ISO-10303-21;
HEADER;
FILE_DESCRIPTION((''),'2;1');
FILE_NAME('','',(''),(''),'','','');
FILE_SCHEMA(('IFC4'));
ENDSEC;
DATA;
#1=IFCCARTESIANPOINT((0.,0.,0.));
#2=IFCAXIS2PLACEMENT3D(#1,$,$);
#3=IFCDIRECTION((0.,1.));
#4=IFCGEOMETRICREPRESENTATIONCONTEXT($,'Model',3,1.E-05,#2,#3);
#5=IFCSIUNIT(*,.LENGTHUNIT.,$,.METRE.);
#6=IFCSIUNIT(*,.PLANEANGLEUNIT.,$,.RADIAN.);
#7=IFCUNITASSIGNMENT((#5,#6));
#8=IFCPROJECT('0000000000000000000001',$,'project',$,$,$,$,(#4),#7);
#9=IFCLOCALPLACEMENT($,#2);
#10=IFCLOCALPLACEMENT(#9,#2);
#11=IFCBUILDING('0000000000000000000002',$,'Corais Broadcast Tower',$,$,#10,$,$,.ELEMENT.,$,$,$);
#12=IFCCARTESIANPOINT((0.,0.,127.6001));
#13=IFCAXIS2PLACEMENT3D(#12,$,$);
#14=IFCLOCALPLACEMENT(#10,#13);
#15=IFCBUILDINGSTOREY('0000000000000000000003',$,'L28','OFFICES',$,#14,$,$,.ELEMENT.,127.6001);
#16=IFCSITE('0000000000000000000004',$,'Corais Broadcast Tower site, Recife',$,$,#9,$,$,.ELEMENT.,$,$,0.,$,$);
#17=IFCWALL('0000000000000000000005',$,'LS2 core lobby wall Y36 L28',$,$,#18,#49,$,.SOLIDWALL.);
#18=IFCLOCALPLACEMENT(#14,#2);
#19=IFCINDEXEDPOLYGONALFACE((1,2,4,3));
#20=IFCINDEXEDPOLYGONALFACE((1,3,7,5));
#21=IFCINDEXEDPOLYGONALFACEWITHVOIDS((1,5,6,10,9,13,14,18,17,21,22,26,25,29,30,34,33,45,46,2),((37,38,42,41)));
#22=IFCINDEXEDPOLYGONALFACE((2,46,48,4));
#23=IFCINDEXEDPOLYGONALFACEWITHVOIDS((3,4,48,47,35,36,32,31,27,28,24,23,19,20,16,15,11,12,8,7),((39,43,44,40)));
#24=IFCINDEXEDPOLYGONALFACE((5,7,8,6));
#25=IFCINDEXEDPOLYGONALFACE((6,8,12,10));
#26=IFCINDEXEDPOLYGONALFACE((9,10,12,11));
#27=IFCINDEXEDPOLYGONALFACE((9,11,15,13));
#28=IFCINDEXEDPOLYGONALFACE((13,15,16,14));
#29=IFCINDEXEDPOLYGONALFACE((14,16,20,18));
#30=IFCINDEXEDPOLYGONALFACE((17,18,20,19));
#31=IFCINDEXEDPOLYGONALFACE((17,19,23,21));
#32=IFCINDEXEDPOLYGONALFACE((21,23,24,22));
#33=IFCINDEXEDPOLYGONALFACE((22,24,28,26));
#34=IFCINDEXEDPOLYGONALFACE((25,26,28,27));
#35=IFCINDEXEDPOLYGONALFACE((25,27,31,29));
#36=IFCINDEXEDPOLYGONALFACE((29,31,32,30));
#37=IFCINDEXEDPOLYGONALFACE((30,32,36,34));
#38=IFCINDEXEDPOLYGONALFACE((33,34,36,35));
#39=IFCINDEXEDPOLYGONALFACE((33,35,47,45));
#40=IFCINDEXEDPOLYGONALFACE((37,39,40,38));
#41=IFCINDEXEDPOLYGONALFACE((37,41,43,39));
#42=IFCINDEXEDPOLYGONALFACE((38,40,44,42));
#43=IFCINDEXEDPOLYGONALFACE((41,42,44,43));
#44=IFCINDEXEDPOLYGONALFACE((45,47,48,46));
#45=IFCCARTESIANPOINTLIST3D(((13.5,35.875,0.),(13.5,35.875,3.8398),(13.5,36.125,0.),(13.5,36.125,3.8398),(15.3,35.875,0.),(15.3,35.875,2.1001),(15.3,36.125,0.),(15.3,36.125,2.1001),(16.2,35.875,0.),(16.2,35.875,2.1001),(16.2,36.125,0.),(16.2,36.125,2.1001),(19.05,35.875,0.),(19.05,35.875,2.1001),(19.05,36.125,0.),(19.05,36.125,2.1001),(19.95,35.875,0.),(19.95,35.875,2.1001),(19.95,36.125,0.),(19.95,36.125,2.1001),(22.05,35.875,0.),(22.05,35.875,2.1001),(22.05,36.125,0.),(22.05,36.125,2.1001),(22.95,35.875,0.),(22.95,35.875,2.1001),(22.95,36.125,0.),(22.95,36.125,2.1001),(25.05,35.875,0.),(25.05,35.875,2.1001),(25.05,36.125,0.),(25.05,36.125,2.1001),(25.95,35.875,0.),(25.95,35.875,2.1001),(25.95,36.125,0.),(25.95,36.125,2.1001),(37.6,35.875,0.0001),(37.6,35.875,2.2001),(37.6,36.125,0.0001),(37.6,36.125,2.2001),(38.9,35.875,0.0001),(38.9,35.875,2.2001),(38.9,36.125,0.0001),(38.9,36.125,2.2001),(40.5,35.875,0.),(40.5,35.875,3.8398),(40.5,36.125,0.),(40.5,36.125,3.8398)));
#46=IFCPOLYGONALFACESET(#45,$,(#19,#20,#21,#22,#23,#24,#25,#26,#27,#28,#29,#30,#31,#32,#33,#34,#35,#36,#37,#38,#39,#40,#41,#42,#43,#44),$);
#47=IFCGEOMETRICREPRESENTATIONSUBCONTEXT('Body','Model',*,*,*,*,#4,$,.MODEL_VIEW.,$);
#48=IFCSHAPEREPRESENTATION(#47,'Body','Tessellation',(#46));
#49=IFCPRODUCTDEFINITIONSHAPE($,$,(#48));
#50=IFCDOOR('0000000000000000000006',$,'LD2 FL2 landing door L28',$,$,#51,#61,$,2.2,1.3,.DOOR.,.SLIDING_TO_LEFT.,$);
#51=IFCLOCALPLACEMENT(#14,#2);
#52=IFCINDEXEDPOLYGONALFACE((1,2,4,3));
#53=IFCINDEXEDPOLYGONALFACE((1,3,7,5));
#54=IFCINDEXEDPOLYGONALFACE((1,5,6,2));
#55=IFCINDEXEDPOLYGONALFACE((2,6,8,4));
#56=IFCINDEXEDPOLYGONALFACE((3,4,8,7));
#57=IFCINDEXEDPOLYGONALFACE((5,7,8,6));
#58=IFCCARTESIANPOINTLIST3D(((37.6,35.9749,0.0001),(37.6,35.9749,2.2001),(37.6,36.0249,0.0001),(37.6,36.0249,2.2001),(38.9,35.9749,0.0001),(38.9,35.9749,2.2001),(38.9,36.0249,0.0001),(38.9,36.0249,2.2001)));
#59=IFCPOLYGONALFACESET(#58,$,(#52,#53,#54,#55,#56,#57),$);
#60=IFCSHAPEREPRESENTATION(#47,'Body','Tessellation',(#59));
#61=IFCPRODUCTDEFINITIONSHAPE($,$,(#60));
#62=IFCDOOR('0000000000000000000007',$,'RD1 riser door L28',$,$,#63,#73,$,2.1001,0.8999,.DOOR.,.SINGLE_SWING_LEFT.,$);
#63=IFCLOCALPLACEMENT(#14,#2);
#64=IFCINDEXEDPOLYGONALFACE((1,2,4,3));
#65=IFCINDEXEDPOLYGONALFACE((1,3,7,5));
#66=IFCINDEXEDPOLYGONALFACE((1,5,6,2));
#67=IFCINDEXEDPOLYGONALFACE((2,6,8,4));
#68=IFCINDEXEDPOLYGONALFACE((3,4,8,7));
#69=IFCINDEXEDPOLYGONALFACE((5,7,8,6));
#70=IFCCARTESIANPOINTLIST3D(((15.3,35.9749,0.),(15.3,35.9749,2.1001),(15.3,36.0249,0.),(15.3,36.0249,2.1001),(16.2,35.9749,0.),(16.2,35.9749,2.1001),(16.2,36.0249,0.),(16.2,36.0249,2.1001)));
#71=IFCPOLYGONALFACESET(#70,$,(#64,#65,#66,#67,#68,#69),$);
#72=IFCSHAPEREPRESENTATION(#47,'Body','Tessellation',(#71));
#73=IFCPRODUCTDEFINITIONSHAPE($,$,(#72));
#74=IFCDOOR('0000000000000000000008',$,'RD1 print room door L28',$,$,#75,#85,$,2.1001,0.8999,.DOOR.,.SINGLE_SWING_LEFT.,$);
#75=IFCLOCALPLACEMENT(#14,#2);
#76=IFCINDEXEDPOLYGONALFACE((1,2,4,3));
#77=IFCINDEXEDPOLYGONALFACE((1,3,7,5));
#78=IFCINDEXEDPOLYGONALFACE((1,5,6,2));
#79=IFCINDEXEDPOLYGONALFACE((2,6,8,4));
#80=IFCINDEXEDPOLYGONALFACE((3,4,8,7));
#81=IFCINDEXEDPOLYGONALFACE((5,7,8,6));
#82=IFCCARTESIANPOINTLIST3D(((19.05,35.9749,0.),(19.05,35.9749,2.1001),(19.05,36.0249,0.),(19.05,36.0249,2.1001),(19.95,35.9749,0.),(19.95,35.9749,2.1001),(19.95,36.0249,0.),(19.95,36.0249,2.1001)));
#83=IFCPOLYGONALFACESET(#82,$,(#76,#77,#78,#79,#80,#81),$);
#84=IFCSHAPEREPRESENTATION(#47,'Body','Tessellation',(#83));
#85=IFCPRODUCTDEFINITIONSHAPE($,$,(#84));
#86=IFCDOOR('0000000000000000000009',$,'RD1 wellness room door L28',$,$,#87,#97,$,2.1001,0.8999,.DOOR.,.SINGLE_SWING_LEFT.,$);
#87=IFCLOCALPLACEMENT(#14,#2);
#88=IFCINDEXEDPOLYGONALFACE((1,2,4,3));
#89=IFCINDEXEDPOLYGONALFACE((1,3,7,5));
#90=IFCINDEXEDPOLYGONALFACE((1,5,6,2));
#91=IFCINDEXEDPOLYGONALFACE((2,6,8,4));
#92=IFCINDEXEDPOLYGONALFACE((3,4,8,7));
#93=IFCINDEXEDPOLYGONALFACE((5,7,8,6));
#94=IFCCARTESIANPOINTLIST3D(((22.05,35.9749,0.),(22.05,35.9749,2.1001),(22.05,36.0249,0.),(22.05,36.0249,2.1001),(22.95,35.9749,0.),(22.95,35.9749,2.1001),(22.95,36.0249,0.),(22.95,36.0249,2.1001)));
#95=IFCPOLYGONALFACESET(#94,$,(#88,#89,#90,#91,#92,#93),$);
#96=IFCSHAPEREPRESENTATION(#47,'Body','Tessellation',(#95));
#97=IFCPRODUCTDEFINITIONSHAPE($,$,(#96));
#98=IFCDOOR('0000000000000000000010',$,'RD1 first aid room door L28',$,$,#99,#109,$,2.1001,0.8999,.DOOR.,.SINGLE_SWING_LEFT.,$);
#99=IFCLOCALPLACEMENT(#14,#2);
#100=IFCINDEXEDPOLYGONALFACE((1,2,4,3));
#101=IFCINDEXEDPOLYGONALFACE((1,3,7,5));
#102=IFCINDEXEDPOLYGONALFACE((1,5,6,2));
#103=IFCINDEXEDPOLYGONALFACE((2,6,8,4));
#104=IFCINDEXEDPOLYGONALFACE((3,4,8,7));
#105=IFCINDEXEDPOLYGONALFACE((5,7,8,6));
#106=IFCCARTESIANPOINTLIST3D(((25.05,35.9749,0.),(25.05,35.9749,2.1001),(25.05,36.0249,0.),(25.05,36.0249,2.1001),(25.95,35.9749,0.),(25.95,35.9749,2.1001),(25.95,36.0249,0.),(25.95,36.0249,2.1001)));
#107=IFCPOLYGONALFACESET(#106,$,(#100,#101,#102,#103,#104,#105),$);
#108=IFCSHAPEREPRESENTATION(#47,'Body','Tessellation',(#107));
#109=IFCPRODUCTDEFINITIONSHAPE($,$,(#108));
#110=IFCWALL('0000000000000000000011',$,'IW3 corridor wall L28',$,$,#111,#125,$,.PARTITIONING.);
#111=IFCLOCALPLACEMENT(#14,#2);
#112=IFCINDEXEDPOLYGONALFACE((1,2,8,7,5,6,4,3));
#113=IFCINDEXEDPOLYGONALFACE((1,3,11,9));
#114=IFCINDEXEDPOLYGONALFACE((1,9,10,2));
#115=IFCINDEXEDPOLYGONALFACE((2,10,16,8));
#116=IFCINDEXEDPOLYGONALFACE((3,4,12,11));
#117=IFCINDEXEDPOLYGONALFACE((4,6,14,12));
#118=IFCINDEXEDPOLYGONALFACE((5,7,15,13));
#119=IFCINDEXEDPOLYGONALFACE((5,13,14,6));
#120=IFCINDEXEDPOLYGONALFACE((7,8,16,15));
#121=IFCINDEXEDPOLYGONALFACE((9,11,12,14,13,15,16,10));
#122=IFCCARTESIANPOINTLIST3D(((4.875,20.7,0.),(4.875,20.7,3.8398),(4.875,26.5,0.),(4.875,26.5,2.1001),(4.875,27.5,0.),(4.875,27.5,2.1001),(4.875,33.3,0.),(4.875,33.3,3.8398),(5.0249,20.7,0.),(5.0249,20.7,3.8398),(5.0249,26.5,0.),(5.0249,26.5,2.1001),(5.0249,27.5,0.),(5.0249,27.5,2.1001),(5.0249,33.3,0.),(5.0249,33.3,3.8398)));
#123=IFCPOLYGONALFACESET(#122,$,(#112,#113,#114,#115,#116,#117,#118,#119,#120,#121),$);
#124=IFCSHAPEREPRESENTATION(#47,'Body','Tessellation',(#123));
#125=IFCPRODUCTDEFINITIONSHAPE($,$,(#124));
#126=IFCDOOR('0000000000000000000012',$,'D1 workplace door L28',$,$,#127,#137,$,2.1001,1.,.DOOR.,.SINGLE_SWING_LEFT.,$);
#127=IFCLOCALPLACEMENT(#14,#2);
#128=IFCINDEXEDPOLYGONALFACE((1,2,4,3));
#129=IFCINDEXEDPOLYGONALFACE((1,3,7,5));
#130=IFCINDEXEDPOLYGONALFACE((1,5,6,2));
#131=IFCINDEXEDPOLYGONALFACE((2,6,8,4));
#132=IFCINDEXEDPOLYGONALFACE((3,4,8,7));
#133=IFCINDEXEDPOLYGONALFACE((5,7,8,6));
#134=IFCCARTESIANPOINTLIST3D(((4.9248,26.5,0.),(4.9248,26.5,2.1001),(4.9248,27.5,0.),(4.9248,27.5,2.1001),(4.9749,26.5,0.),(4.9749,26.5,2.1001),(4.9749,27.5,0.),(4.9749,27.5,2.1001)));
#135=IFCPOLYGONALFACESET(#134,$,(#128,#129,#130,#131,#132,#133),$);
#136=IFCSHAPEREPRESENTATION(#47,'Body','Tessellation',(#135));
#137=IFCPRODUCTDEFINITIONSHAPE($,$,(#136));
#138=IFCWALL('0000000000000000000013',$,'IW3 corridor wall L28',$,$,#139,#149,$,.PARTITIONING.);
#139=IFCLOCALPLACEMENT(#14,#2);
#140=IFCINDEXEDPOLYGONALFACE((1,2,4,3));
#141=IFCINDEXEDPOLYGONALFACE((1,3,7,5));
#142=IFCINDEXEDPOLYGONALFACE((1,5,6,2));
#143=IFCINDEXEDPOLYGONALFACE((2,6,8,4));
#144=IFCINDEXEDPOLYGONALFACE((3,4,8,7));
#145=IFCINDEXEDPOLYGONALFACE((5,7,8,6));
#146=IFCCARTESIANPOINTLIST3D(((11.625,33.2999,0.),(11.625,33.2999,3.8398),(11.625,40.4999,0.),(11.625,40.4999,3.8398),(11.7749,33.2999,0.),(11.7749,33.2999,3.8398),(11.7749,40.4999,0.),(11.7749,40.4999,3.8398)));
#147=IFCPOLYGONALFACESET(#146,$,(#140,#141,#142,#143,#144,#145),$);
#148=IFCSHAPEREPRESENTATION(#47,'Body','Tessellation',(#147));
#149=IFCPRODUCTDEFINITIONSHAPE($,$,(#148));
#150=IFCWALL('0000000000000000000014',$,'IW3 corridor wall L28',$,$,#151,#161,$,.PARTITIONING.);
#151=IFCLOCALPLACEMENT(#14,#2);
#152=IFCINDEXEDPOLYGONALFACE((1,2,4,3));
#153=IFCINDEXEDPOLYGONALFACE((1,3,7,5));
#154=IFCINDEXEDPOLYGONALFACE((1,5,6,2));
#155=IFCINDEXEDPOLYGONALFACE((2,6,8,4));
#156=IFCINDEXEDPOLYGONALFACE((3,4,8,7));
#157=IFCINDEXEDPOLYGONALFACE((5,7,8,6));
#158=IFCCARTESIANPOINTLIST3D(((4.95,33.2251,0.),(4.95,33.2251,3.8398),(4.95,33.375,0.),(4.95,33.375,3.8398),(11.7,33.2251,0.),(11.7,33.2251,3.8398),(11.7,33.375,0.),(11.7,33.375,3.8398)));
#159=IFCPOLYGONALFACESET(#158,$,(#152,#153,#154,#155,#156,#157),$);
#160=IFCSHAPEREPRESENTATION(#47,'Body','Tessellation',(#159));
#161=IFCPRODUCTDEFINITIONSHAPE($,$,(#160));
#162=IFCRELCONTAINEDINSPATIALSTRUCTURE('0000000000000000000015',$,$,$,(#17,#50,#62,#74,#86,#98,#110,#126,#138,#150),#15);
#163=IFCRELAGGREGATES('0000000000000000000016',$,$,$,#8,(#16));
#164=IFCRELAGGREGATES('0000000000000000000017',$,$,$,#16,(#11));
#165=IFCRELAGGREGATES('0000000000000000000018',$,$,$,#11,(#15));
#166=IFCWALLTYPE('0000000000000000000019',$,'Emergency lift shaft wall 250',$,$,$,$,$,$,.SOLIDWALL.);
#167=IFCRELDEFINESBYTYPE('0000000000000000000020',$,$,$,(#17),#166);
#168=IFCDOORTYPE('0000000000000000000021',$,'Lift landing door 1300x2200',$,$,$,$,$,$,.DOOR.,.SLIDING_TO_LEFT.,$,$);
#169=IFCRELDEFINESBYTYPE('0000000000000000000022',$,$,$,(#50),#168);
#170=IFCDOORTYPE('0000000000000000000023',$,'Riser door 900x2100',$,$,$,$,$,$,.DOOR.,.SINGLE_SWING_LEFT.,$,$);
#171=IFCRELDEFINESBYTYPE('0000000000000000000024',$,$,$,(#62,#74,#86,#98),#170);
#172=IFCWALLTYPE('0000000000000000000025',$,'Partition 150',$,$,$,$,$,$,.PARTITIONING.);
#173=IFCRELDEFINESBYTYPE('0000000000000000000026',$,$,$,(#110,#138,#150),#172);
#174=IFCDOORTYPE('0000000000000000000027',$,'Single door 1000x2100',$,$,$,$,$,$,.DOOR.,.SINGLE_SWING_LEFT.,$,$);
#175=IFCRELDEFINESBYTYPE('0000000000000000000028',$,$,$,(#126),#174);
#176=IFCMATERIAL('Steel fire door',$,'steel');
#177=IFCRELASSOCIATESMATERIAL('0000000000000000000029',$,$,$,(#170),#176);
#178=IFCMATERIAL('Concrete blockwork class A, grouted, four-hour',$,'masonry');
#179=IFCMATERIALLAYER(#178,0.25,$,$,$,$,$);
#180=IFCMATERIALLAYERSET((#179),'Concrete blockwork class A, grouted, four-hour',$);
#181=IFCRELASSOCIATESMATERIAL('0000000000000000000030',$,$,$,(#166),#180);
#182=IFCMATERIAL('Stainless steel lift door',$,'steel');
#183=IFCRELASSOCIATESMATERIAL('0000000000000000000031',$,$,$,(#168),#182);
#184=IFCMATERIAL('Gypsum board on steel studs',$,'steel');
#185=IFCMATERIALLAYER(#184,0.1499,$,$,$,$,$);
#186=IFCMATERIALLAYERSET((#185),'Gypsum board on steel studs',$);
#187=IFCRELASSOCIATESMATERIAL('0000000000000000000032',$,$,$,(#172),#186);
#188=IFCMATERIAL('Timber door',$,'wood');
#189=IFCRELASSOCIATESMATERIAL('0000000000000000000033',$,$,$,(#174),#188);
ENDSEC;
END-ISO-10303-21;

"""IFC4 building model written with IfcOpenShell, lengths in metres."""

from ifc_helpers import new_model, si_unit, direction, frame, frame_2d, origin, place, context, subcontext, project, spatial, rectangle, extrude, material, layer, layer_set, type_object, element, fill, save


model = new_model("IFC4")

# Units and contexts
model_context = context("Model", 3, precision=1e-05, world=origin(), true_north=direction((0.0, 1.0)))
body_context = subcontext(model_context, "Body", "Model", "MODEL_VIEW")
ifc_project = project(units=[si_unit("LENGTHUNIT", "METRE"), si_unit("PLANEANGLEUNIT", "RADIAN")], contexts=[model_context])

# Site, building, storey
site_placement = place(None, origin())
site = spatial("IfcSite", under=ifc_project, at=site_placement, Name="Corais Broadcast Tower site, Recife", CompositionType="ELEMENT", RefElevation=0.0)
building_placement = place(site_placement, origin())
building = spatial("IfcBuilding", under=site, at=building_placement, Name="Corais Broadcast Tower", CompositionType="ELEMENT")
storey_placement = place(building_placement, frame((0.0, 0.0, 127.6001)))
storey = spatial("IfcBuildingStorey", under=building, at=storey_placement, Name="L28", Description="OFFICES", CompositionType="ELEMENT", Elevation=127.6001)

# Wall, openings, doors
ifc_material_1 = material(Name="Steel fire door", Category="steel")
door_type_1 = type_object("IfcDoorType", Name="Riser door 900x2100", OperationType="SINGLE_SWING_LEFT", PredefinedType="DOOR", material=ifc_material_1)
ifc_material_2 = material(Name="Concrete blockwork class A, grouted, four-hour", Category="masonry")
ifc_layer_1 = layer(ifc_material_2, 0.25)
ifc_layer_set_1 = layer_set([ifc_layer_1], Name="Concrete blockwork class A, grouted, four-hour")
wall_type_1 = type_object("IfcWallType", Name="Emergency lift shaft wall 250", PredefinedType="SOLIDWALL", material=ifc_layer_set_1)
wall_1_placement = place(storey_placement, frame((13.5, 36.0, 0.0), z_axis=(0.0, 0.0, 1.0), x_axis=(1.0, 0.0, 0.0)))
wall_1 = element("IfcWall", 1, at=wall_1_placement, inside=storey, type_object=wall_type_1, Name="LS2 core lobby wall Y36 L28", PredefinedType="SOLIDWALL", context=body_context, shape_type="SweptSolid", body=[
    extrude(rectangle(XDim=27.0, YDim=0.25, at=frame_2d((13.5, 0.0))), origin(), (0.0, 0.0, 1.0), 3.8398),
])
opening_1_placement = place(wall_1_placement, frame((1.8, 0.0, 0.0)))
opening_1 = element("IfcOpeningElement", 2, at=opening_1_placement, cuts=wall_1, PredefinedType="OPENING", context=body_context, shape_type="SweptSolid", body=[
    extrude(rectangle(XDim=0.8999, YDim=2.1001, at=frame_2d((0.45, 1.05))), frame((0.0, 0.135, 0.0), z_axis=(0.0, -1.0, 0.0), x_axis=(1.0, 0.0, 0.0)), (0.0, 0.0, 1.0), 0.27),
])
opening_2_placement = place(wall_1_placement, frame((5.55, 0.0, 0.0)))
opening_2 = element("IfcOpeningElement", 3, at=opening_2_placement, cuts=wall_1, PredefinedType="OPENING", context=body_context, shape_type="SweptSolid", body=[
    extrude(rectangle(XDim=0.8999, YDim=2.1001, at=frame_2d((0.45, 1.05))), frame((0.0, 0.135, 0.0), z_axis=(0.0, -1.0, 0.0), x_axis=(1.0, 0.0, 0.0)), (0.0, 0.0, 1.0), 0.27),
])
opening_3_placement = place(wall_1_placement, frame((8.55, 0.0, 0.0)))
opening_3 = element("IfcOpeningElement", 4, at=opening_3_placement, cuts=wall_1, PredefinedType="OPENING", context=body_context, shape_type="SweptSolid", body=[
    extrude(rectangle(XDim=0.8999, YDim=2.1001, at=frame_2d((0.45, 1.05))), frame((0.0, 0.135, 0.0), z_axis=(0.0, -1.0, 0.0), x_axis=(1.0, 0.0, 0.0)), (0.0, 0.0, 1.0), 0.27),
])
opening_4_placement = place(wall_1_placement, frame((11.55, 0.0, 0.0)))
opening_4 = element("IfcOpeningElement", 5, at=opening_4_placement, cuts=wall_1, PredefinedType="OPENING", context=body_context, shape_type="SweptSolid", body=[
    extrude(rectangle(XDim=0.8999, YDim=2.1001, at=frame_2d((0.45, 1.05))), frame((0.0, 0.135, 0.0), z_axis=(0.0, -1.0, 0.0), x_axis=(1.0, 0.0, 0.0)), (0.0, 0.0, 1.0), 0.27),
])
opening_5_placement = place(wall_1_placement, frame((24.1001, 0.0, 0.0)))
opening_5 = element("IfcOpeningElement", 6, at=opening_5_placement, cuts=wall_1, PredefinedType="OPENING", context=body_context, shape_type="SweptSolid", body=[
    extrude(rectangle(XDim=1.3, YDim=2.2, at=frame_2d((0.6499, 1.1001))), frame((0.0, 0.135, 0.0), z_axis=(0.0, -1.0, 0.0), x_axis=(1.0, 0.0, 0.0)), (0.0, 0.0, 1.0), 0.27),
])
ifc_material_3 = material(Name="Stainless steel lift door", Category="steel")
door_type_2 = type_object("IfcDoorType", Name="Lift landing door 1300x2200", OperationType="SLIDING_TO_LEFT", PredefinedType="DOOR", material=ifc_material_3)
door_1_placement = place(opening_5_placement, origin())
door_1 = element("IfcDoor", 7, at=door_1_placement, inside=storey, type_object=door_type_2, Name="LD2 FL2 landing door L28", OperationType="SLIDING_TO_LEFT", OverallHeight=2.2, OverallWidth=1.3, PredefinedType="DOOR", context=body_context, shape_type="SweptSolid", body=[
    extrude(rectangle(XDim=1.3, YDim=2.2, at=frame_2d((0.6499, 1.1001))), frame((0.0, 0.0249, 0.0), z_axis=(0.0, -1.0, 0.0), x_axis=(1.0, 0.0, 0.0)), (0.0, 0.0, 1.0), 0.05),
])
fill(opening_5, door_1)
door_2_placement = place(opening_1_placement, origin())
door_2 = element("IfcDoor", 8, at=door_2_placement, inside=storey, type_object=door_type_1, Name="RD1 riser door L28", OperationType="SINGLE_SWING_LEFT", OverallHeight=2.1001, OverallWidth=0.8999, PredefinedType="DOOR", context=body_context, shape_type="SweptSolid", body=[
    extrude(rectangle(XDim=0.8999, YDim=2.1001, at=frame_2d((0.45, 1.05))), frame((0.0, 0.0249, 0.0), z_axis=(0.0, -1.0, 0.0), x_axis=(1.0, 0.0, 0.0)), (0.0, 0.0, 1.0), 0.05),
])
fill(opening_1, door_2)
door_3_placement = place(opening_2_placement, origin())
door_3 = element("IfcDoor", 9, at=door_3_placement, inside=storey, type_object=door_type_1, Name="RD1 print room door L28", OperationType="SINGLE_SWING_LEFT", OverallHeight=2.1001, OverallWidth=0.8999, PredefinedType="DOOR", context=body_context, shape_type="SweptSolid", body=[
    extrude(rectangle(XDim=0.8999, YDim=2.1001, at=frame_2d((0.45, 1.05))), frame((0.0, 0.0249, 0.0), z_axis=(0.0, -1.0, 0.0), x_axis=(1.0, 0.0, 0.0)), (0.0, 0.0, 1.0), 0.05),
])
fill(opening_2, door_3)
door_4_placement = place(opening_3_placement, origin())
door_4 = element("IfcDoor", 10, at=door_4_placement, inside=storey, type_object=door_type_1, Name="RD1 wellness room door L28", OperationType="SINGLE_SWING_LEFT", OverallHeight=2.1001, OverallWidth=0.8999, PredefinedType="DOOR", context=body_context, shape_type="SweptSolid", body=[
    extrude(rectangle(XDim=0.8999, YDim=2.1001, at=frame_2d((0.45, 1.05))), frame((0.0, 0.0249, 0.0), z_axis=(0.0, -1.0, 0.0), x_axis=(1.0, 0.0, 0.0)), (0.0, 0.0, 1.0), 0.05),
])
fill(opening_3, door_4)
door_5_placement = place(opening_4_placement, origin())
door_5 = element("IfcDoor", 11, at=door_5_placement, inside=storey, type_object=door_type_1, Name="RD1 first aid room door L28", OperationType="SINGLE_SWING_LEFT", OverallHeight=2.1001, OverallWidth=0.8999, PredefinedType="DOOR", context=body_context, shape_type="SweptSolid", body=[
    extrude(rectangle(XDim=0.8999, YDim=2.1001, at=frame_2d((0.45, 1.05))), frame((0.0, 0.0249, 0.0), z_axis=(0.0, -1.0, 0.0), x_axis=(1.0, 0.0, 0.0)), (0.0, 0.0, 1.0), 0.05),
])
fill(opening_4, door_5)

# Wall, opening, door
ifc_material_4 = material(Name="Gypsum board on steel studs", Category="steel")
ifc_layer_2 = layer(ifc_material_4, 0.1499)
ifc_layer_set_2 = layer_set([ifc_layer_2], Name="Gypsum board on steel studs")
wall_type_2 = type_object("IfcWallType", Name="Partition 150", PredefinedType="PARTITIONING", material=ifc_layer_set_2)
wall_2_placement = place(storey_placement, frame((4.95, 33.3, 0.0), z_axis=(0.0, 0.0, 1.0), x_axis=(0.0, -1.0, 0.0)))
wall_2 = element("IfcWall", 12, at=wall_2_placement, inside=storey, type_object=wall_type_2, Name="IW3 corridor wall L28", PredefinedType="PARTITIONING", context=body_context, shape_type="SweptSolid", body=[
    extrude(rectangle(XDim=12.6001, YDim=0.1499, at=frame_2d((6.3, 0.0))), origin(), (0.0, 0.0, 1.0), 3.8398),
])
opening_6_placement = place(wall_2_placement, frame((5.8, 0.0, 0.0)))
opening_6 = element("IfcOpeningElement", 13, at=opening_6_placement, cuts=wall_2, PredefinedType="OPENING", context=body_context, shape_type="SweptSolid", body=[
    extrude(rectangle(XDim=1.0, YDim=2.1001, at=frame_2d((0.5, 1.05))), frame((0.0, 0.085, 0.0), z_axis=(0.0, -1.0, 0.0), x_axis=(1.0, 0.0, 0.0)), (0.0, 0.0, 1.0), 0.1699),
])
ifc_material_5 = material(Name="Timber door", Category="wood")
door_type_3 = type_object("IfcDoorType", Name="Single door 1000x2100", OperationType="SINGLE_SWING_LEFT", PredefinedType="DOOR", material=ifc_material_5)
door_6_placement = place(opening_6_placement, origin())
door_6 = element("IfcDoor", 14, at=door_6_placement, inside=storey, type_object=door_type_3, Name="D1 workplace door L28", OperationType="SINGLE_SWING_LEFT", OverallHeight=2.1001, OverallWidth=1.0, PredefinedType="DOOR", context=body_context, shape_type="SweptSolid", body=[
    extrude(rectangle(XDim=1.0, YDim=2.1001, at=frame_2d((0.5, 1.05))), frame((0.0, 0.0249, 0.0), z_axis=(0.0, -1.0, 0.0), x_axis=(1.0, 0.0, 0.0)), (0.0, 0.0, 1.0), 0.05),
])
fill(opening_6, door_6)

# Walls
wall_3_placement = place(storey_placement, frame((11.7, 40.5, 0.0), z_axis=(0.0, 0.0, 1.0), x_axis=(0.0, -1.0, 0.0)))
element("IfcWall", 15, at=wall_3_placement, inside=storey, type_object=wall_type_2, Name="IW3 corridor wall L28", PredefinedType="PARTITIONING", context=body_context, shape_type="SweptSolid", body=[
    extrude(rectangle(XDim=7.2, YDim=0.1499, at=frame_2d((3.6001, 0.0))), origin(), (0.0, 0.0, 1.0), 3.8398),
])
wall_4_placement = place(storey_placement, frame((11.7, 33.3, 0.0), z_axis=(0.0, 0.0, 1.0), x_axis=(-1.0, 0.0, 0.0)))
element("IfcWall", 16, at=wall_4_placement, inside=storey, type_object=wall_type_2, Name="IW3 corridor wall L28", PredefinedType="PARTITIONING", context=body_context, shape_type="SweptSolid", body=[
    extrude(rectangle(XDim=6.75, YDim=0.1499, at=frame_2d((3.375, 0.0))), origin(), (0.0, 0.0, 1.0), 3.8398),
])

save(model, "model.ifc")
